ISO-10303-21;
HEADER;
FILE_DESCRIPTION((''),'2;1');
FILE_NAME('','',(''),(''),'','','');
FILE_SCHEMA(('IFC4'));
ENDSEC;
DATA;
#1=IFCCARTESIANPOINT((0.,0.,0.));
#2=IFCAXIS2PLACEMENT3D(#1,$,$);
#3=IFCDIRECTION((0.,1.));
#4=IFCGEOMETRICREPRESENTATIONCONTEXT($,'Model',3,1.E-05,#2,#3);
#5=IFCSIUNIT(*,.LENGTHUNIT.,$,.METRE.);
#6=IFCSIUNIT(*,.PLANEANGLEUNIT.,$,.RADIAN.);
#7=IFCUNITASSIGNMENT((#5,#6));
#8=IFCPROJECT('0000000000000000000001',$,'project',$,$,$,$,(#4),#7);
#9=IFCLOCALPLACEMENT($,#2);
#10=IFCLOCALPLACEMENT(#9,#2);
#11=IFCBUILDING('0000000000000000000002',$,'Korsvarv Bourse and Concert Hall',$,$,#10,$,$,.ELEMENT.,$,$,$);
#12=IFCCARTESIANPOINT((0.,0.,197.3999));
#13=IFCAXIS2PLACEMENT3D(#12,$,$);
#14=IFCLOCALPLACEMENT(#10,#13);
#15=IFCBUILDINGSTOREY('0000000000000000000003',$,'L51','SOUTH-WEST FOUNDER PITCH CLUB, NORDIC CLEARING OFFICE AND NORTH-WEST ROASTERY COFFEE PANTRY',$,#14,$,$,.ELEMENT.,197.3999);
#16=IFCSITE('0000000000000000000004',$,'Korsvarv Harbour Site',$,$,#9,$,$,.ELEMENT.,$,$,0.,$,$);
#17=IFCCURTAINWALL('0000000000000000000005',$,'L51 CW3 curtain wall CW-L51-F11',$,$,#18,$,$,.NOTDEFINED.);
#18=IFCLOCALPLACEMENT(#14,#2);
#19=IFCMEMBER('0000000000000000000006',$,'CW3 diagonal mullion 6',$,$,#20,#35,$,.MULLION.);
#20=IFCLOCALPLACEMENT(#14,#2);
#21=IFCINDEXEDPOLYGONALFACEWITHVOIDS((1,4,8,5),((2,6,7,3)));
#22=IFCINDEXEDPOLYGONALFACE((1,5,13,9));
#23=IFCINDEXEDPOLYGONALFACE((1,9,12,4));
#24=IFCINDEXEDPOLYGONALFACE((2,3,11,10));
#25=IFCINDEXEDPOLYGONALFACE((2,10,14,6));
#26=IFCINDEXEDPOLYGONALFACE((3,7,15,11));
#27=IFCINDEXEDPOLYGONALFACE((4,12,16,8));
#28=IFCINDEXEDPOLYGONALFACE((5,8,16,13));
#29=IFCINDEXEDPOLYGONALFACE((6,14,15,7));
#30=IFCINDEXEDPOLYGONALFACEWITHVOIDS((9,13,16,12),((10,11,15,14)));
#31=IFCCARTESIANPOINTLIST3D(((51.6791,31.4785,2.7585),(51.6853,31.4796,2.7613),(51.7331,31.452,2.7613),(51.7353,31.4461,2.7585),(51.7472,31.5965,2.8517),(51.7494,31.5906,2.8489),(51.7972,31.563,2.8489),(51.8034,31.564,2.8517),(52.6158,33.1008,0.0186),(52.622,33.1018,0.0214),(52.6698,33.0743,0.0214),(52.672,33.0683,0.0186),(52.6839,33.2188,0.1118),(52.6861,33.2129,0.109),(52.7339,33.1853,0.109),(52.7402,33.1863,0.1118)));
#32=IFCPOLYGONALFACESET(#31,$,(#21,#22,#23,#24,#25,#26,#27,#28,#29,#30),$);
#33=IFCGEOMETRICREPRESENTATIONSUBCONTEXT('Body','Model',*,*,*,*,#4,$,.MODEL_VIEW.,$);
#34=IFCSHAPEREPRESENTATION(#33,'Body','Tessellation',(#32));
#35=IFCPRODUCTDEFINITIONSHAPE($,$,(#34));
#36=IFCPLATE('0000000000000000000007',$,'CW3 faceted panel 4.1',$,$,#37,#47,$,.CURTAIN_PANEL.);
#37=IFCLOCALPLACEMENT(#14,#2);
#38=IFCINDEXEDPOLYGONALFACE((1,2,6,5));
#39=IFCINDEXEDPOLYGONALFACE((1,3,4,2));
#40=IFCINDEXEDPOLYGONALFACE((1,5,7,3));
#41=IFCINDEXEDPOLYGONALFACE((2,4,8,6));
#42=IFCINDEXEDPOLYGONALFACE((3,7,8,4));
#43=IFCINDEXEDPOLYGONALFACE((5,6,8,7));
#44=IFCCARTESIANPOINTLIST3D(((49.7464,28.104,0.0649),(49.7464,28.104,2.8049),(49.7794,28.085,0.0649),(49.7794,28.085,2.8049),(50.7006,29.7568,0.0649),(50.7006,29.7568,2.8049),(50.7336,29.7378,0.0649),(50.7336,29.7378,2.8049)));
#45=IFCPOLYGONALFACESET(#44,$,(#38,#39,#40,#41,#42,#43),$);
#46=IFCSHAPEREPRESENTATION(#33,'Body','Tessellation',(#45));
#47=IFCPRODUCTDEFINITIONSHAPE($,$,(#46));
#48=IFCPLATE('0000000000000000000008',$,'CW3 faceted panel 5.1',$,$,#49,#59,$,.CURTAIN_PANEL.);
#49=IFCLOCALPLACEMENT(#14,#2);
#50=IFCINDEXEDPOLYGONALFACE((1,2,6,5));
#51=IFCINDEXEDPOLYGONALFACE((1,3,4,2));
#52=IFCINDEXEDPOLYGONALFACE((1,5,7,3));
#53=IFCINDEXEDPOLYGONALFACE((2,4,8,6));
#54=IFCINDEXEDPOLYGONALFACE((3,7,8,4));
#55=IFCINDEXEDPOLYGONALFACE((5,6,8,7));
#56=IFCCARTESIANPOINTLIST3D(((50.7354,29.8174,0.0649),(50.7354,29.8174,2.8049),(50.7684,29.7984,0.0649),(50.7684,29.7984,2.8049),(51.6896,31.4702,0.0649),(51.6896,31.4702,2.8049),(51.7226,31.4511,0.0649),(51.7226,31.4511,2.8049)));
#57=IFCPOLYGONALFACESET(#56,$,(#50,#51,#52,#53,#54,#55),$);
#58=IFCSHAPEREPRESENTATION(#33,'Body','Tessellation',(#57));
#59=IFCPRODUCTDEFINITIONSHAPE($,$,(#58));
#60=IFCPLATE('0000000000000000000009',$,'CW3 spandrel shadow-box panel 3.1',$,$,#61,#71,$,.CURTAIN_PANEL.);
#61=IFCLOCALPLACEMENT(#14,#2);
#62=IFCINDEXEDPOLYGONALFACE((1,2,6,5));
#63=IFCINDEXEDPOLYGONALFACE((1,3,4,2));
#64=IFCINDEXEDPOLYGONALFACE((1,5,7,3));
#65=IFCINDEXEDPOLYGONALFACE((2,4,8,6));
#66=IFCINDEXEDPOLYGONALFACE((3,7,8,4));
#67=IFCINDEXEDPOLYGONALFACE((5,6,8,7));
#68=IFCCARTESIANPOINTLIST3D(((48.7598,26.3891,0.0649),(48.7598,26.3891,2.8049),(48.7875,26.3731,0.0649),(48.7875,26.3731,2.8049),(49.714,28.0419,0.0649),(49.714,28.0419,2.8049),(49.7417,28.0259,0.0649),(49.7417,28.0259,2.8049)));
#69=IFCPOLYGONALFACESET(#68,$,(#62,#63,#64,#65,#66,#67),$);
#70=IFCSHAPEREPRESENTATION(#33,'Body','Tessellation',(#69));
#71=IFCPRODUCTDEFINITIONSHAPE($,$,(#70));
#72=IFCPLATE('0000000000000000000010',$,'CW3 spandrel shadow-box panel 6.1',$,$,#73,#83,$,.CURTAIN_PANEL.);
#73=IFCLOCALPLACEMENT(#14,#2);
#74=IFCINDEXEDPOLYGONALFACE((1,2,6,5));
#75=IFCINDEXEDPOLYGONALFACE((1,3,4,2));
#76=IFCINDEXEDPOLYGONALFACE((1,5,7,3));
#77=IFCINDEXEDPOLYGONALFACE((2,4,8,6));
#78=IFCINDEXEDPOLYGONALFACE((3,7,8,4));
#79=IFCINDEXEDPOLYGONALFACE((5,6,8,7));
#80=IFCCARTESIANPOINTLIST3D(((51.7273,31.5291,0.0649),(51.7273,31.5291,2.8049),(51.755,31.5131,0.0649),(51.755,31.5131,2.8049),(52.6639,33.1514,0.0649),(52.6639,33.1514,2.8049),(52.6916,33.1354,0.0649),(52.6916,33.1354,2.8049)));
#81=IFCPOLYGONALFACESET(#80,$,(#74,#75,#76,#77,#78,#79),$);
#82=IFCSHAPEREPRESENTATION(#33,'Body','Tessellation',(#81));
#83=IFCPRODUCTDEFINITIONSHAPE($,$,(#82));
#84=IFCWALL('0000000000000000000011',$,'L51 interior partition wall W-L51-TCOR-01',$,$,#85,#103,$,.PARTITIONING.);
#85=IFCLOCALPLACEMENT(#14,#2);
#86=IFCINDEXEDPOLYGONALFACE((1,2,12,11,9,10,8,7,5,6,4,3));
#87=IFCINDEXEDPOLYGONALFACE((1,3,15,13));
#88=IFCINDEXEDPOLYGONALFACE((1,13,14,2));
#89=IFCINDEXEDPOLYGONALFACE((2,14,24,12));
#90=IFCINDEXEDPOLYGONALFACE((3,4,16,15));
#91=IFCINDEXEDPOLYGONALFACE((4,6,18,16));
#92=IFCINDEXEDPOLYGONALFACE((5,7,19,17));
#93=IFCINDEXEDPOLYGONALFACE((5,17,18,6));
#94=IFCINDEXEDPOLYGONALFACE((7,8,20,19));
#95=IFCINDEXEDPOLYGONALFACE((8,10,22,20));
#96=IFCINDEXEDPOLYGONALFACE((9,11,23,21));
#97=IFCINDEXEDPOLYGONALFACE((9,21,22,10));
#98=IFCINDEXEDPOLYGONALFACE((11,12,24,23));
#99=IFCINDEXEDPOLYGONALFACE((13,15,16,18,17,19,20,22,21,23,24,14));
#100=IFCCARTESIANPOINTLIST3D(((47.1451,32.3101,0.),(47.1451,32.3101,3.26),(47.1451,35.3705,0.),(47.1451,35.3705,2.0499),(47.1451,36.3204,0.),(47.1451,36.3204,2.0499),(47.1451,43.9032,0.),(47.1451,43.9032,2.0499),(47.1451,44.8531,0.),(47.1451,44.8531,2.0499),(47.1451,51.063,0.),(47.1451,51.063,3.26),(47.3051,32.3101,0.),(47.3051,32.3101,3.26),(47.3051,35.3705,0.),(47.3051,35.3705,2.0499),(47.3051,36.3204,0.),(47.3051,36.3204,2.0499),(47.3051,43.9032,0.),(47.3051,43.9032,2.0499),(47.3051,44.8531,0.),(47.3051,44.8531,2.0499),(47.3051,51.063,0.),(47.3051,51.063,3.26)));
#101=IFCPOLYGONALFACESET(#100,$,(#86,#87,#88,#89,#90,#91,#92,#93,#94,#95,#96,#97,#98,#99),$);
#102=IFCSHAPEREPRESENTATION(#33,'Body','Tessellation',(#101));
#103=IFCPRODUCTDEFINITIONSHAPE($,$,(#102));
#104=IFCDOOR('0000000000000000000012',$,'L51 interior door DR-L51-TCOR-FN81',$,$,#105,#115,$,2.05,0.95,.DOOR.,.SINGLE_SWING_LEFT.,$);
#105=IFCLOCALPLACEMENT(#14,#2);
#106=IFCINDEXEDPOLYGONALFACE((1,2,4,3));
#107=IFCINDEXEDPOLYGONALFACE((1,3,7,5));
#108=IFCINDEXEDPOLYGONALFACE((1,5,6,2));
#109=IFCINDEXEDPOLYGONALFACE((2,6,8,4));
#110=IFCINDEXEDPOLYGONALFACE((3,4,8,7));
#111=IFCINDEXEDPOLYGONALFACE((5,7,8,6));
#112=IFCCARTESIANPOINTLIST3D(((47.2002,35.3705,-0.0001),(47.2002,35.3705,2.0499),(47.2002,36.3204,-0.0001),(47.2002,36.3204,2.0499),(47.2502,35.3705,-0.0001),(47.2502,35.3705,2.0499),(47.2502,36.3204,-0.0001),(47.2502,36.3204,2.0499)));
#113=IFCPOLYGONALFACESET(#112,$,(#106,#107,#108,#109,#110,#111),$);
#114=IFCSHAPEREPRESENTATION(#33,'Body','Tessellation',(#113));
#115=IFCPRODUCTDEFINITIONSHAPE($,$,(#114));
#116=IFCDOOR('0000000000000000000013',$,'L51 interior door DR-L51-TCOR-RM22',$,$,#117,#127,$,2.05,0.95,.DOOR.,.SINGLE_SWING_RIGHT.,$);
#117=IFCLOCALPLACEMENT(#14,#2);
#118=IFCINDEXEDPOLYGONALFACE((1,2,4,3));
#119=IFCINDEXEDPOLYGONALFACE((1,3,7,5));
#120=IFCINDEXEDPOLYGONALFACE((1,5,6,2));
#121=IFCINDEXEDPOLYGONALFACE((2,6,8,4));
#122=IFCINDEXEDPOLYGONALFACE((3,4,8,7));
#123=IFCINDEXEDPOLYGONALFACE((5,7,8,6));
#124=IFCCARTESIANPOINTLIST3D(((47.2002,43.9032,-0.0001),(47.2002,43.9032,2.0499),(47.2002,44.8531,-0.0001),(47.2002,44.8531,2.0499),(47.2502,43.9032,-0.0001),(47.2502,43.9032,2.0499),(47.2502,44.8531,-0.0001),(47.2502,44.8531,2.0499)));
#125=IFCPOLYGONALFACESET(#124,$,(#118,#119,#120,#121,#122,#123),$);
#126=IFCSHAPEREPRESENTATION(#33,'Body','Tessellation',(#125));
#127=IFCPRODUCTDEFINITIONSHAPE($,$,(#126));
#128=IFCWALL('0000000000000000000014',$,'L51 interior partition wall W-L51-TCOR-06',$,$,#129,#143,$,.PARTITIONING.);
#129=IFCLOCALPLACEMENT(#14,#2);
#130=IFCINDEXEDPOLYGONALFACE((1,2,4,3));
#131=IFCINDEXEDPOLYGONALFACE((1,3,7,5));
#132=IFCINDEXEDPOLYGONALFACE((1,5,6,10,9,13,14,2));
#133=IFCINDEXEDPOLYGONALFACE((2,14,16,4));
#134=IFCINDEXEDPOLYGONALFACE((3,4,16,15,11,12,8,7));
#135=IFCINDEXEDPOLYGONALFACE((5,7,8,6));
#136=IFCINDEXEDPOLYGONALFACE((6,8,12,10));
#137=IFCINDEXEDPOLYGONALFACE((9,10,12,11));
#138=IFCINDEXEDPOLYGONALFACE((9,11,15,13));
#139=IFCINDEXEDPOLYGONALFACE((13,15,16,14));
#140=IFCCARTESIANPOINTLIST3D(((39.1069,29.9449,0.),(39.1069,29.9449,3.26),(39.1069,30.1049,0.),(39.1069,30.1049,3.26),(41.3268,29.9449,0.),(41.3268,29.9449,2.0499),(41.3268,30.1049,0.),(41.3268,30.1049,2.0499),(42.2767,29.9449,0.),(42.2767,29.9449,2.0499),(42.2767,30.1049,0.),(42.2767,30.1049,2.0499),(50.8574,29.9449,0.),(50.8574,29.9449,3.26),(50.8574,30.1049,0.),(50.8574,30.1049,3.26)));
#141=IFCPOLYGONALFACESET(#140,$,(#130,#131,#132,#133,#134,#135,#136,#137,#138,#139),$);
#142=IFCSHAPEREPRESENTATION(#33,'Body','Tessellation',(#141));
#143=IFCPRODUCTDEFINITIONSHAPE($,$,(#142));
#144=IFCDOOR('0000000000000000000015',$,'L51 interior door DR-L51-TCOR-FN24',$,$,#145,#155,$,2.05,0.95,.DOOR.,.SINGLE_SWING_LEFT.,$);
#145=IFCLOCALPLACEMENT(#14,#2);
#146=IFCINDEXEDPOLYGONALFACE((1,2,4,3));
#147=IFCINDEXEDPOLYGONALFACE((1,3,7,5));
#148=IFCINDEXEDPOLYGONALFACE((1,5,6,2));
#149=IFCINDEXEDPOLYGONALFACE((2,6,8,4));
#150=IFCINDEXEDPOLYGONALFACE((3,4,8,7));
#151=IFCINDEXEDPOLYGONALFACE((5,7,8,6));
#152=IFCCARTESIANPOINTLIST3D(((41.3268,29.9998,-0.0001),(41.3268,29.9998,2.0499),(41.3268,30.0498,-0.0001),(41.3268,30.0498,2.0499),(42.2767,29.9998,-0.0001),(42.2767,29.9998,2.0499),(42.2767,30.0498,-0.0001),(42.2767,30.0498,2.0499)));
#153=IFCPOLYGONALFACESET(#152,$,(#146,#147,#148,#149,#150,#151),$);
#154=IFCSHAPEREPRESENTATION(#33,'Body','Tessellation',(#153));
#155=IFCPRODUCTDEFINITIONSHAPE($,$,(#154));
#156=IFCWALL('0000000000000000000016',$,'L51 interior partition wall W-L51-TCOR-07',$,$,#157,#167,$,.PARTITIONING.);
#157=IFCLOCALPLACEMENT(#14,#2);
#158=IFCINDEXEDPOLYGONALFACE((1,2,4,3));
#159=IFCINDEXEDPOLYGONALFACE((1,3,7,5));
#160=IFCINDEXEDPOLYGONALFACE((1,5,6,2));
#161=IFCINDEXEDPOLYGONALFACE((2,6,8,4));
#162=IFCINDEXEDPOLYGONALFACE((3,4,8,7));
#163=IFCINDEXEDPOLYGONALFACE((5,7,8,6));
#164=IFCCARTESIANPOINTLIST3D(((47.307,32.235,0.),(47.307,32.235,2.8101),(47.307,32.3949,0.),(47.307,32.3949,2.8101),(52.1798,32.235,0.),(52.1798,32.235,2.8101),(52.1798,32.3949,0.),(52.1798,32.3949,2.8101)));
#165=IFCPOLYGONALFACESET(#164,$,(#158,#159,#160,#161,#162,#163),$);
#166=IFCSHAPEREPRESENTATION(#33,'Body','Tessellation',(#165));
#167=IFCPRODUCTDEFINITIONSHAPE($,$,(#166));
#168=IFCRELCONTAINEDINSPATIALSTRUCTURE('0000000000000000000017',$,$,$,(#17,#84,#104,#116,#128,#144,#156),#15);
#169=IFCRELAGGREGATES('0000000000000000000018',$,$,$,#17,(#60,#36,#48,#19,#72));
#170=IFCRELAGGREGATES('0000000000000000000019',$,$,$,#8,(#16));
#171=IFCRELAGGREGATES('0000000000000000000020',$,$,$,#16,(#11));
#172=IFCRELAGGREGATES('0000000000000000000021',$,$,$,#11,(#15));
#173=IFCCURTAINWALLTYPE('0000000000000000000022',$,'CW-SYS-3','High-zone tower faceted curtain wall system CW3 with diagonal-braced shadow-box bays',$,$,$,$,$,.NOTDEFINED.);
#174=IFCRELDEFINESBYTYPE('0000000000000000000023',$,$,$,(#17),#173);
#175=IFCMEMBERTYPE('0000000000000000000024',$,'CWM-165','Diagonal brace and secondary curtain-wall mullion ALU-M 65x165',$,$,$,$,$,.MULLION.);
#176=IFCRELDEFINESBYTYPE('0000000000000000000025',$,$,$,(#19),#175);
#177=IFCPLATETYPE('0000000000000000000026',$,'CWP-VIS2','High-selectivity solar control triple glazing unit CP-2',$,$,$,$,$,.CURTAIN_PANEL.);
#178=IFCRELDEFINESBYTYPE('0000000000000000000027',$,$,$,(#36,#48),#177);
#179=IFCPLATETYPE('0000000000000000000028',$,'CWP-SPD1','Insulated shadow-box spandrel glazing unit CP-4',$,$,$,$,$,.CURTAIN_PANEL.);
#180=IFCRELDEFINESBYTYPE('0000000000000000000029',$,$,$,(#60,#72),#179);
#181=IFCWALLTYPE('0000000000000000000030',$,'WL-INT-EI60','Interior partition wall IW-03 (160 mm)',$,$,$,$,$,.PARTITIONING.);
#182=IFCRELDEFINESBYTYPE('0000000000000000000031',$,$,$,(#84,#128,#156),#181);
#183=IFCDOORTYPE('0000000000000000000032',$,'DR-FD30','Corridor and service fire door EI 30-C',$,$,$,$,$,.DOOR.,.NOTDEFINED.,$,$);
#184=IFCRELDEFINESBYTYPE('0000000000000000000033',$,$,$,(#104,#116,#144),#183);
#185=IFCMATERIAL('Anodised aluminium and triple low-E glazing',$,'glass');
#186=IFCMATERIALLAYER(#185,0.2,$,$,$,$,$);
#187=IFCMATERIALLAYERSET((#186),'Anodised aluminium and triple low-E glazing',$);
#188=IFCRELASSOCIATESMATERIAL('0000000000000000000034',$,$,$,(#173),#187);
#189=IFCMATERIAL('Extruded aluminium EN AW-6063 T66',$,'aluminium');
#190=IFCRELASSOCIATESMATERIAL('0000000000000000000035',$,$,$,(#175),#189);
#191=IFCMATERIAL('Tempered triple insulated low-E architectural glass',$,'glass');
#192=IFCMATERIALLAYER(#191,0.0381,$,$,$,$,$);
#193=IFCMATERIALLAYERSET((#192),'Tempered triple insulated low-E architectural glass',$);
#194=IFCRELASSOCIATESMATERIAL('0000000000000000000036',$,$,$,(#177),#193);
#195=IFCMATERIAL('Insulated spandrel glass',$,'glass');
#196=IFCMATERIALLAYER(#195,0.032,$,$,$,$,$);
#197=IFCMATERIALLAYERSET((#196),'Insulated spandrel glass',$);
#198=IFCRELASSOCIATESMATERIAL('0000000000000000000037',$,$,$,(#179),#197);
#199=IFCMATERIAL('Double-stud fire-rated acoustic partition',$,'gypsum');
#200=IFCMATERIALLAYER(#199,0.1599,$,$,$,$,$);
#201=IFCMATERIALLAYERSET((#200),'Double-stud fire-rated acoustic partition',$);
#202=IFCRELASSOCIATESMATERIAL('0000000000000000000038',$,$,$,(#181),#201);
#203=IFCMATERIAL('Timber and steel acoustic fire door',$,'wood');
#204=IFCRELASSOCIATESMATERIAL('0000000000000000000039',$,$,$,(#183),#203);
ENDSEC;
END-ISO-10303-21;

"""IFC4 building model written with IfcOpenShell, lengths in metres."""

from ifc_helpers import new_model, si_unit, direction, frame, frame_2d, origin, origin_2d, place, context, subcontext, project, spatial, rectangle, hollow_rectangle, extrude, source, transform, mapped, material, layer, layer_set, material_profile, profile_set, type_object, element, fill, aggregate, save


model = new_model("IFC4")

# Units and contexts
model_context = context("Model", 3, precision=1e-05, world=origin(), true_north=direction((0.0, 1.0)))
body_context = subcontext(model_context, "Body", "Model", "MODEL_VIEW")
ifc_project = project(units=[si_unit("LENGTHUNIT", "METRE"), si_unit("PLANEANGLEUNIT", "RADIAN")], contexts=[model_context])

# Site, building, storey
site_placement = place(None, origin())
site = spatial("IfcSite", under=ifc_project, at=site_placement, Name="Korsvarv Harbour Site", CompositionType="ELEMENT", RefElevation=0.0)
building_placement = place(site_placement, origin())
building = spatial("IfcBuilding", under=site, at=building_placement, Name="Korsvarv Bourse and Concert Hall", CompositionType="ELEMENT")
storey_placement = place(building_placement, frame((0.0, 0.0, 197.3999)))
storey = spatial("IfcBuildingStorey", under=building, at=storey_placement, Name="L51", Description="SOUTH-WEST FOUNDER PITCH CLUB, NORDIC CLEARING OFFICE AND NORTH-WEST ROASTERY COFFEE PANTRY", CompositionType="ELEMENT", Elevation=197.3999)

# Curtain wall, member, plates
ifc_material_1 = material(Name="Anodised aluminium and triple low-E glazing", Category="glass")
ifc_layer_1 = layer(ifc_material_1, 0.2)
ifc_layer_set_1 = layer_set([ifc_layer_1], Name="Anodised aluminium and triple low-E glazing")
curtain_wall_type = type_object("IfcCurtainWallType", Name="CW-SYS-3", Description="High-zone tower faceted curtain wall system CW3 with diagonal-braced shadow-box bays", PredefinedType="NOTDEFINED", material=ifc_layer_set_1)
curtain_wall_placement = place(storey_placement, origin())
curtain_wall = element("IfcCurtainWall", 1, at=curtain_wall_placement, inside=storey, type_object=curtain_wall_type, Name="L51 CW3 curtain wall CW-L51-F11", PredefinedType="NOTDEFINED")
ifc_material_2 = material(Name="Extruded aluminium EN AW-6063 T66", Category="aluminium")
ifc_material_profile_1 = material_profile(ifc_material_2, hollow_rectangle(XDim=0.0649, YDim=0.165, WallThickness=0.0049, at=origin_2d()), Name="ALU-M 65x165")
ifc_profile_set_1 = profile_set([ifc_material_profile_1], Name="Extruded aluminium EN AW-6063 T66")
member_type_1 = type_object("IfcMemberType", Name="CWM-165", Description="Diagonal brace and secondary curtain-wall mullion ALU-M 65x165", PredefinedType="MULLION", material=ifc_profile_set_1)
shared_shape_1 = source(origin(), body_context, "Body", "SweptSolid", [
    extrude(hollow_rectangle(XDim=0.0649, YDim=0.165, WallThickness=0.0049, at=origin_2d()), origin(), (0.0, 0.0, 1.0), 3.3191),
])
member_1_placement = place(storey_placement, frame((52.678, 33.1436, 0.0652), z_axis=(-0.282228, -0.488769, 0.825501), x_axis=(0.865997, -0.50005, 0.0)))
member_1 = element("IfcMember", 2, at=member_1_placement, type_object=member_type_1, Name="CW3 diagonal mullion 6", PredefinedType="MULLION", context=body_context, shape_type="MappedRepresentation", body=[
    mapped(shared_shape_1, transform((0.0, 0.0, 0.0), scale=1.0)),
])
ifc_material_3 = material(Name="Tempered triple insulated low-E architectural glass", Category="glass")
ifc_layer_2 = layer(ifc_material_3, 0.0381)
ifc_layer_set_2 = layer_set([ifc_layer_2], Name="Tempered triple insulated low-E architectural glass")
plate_type_1 = type_object("IfcPlateType", Name="CWP-VIS2", Description="High-selectivity solar control triple glazing unit CP-2", PredefinedType="CURTAIN_PANEL", material=ifc_layer_set_2)
shared_shape_2 = source(origin(), body_context, "Body", "SweptSolid", [
    extrude(rectangle(XDim=1.9084, YDim=0.0381, at=origin_2d()), origin(), (0.0, 0.0, 1.0), 2.74),
])
plate_1_placement = place(storey_placement, frame((50.24, 28.9209, 0.0649), z_axis=(0.0, 0.0, 1.0), x_axis=(0.499993, 0.86603, 0.0)))
plate_1 = element("IfcPlate", 3, at=plate_1_placement, type_object=plate_type_1, Name="CW3 faceted panel 4.1", PredefinedType="CURTAIN_PANEL", context=body_context, shape_type="MappedRepresentation", body=[
    mapped(shared_shape_2, transform((0.0, 0.0, 0.0), scale=1.0)),
])
plate_2_placement = place(storey_placement, frame((51.229, 30.6343, 0.0649), z_axis=(0.0, 0.0, 1.0), x_axis=(0.499993, 0.86603, 0.0)))
plate_2 = element("IfcPlate", 4, at=plate_2_placement, type_object=plate_type_1, Name="CW3 faceted panel 5.1", PredefinedType="CURTAIN_PANEL", context=body_context, shape_type="MappedRepresentation", body=[
    mapped(shared_shape_2, transform((0.0, 0.0, 0.0), scale=1.0)),
])
ifc_material_4 = material(Name="Insulated spandrel glass", Category="glass")
ifc_layer_3 = layer(ifc_material_4, 0.032)
ifc_layer_set_3 = layer_set([ifc_layer_3], Name="Insulated spandrel glass")
plate_type_2 = type_object("IfcPlateType", Name="CWP-SPD1", Description="Insulated shadow-box spandrel glazing unit CP-4", PredefinedType="CURTAIN_PANEL", material=ifc_layer_set_3)
shared_shape_3 = source(origin(), body_context, "Body", "SweptSolid", [
    extrude(rectangle(XDim=1.9084, YDim=0.032, at=origin_2d()), origin(), (0.0, 0.0, 1.0), 2.74),
])
plate_3_placement = place(storey_placement, frame((49.2507, 27.2075, 0.0649), z_axis=(0.0, 0.0, 1.0), x_axis=(0.499993, 0.86603, 0.0)))
plate_3 = element("IfcPlate", 5, at=plate_3_placement, type_object=plate_type_2, Name="CW3 spandrel shadow-box panel 3.1", PredefinedType="CURTAIN_PANEL", context=body_context, shape_type="MappedRepresentation", body=[
    mapped(shared_shape_3, transform((0.0, 0.0, 0.0), scale=1.0)),
])
shared_shape_4 = source(origin(), body_context, "Body", "SweptSolid", [
    extrude(rectangle(XDim=1.8733, YDim=0.032, at=origin_2d()), origin(), (0.0, 0.0, 1.0), 2.74),
])
plate_4_placement = place(storey_placement, frame((52.2095, 32.3323, 0.0649), z_axis=(0.0, 0.0, 1.0), x_axis=(0.499993, 0.86603, 0.0)))
plate_4 = element("IfcPlate", 6, at=plate_4_placement, type_object=plate_type_2, Name="CW3 spandrel shadow-box panel 6.1", PredefinedType="CURTAIN_PANEL", context=body_context, shape_type="MappedRepresentation", body=[
    mapped(shared_shape_4, transform((0.0, 0.0, 0.0), scale=1.0)),
])
aggregate(curtain_wall, [plate_3, plate_1, plate_2, member_1, plate_4])

# Wall, openings, doors
ifc_material_5 = material(Name="Double-stud fire-rated acoustic partition", Category="gypsum")
ifc_layer_4 = layer(ifc_material_5, 0.1599)
ifc_layer_set_4 = layer_set([ifc_layer_4], Name="Double-stud fire-rated acoustic partition")
wall_type_1 = type_object("IfcWallType", Name="WL-INT-EI60", Description="Interior partition wall IW-03 (160 mm)", PredefinedType="PARTITIONING", material=ifc_layer_set_4)
wall_1_placement = place(storey_placement, frame((47.2251, 32.3101, 0.0), z_axis=(0.0, 0.0, 1.0), x_axis=(0.0, 1.0, 0.0)))
wall_1 = element("IfcWall", 7, at=wall_1_placement, inside=storey, type_object=wall_type_1, Name="L51 interior partition wall W-L51-TCOR-01", PredefinedType="PARTITIONING", context=body_context, shape_type="SweptSolid", body=[
    extrude(rectangle(XDim=18.7529, YDim=0.1599, at=frame_2d((9.3765, 0.0))), origin(), (0.0, 0.0, 1.0), 3.26),
])
opening_1_placement = place(wall_1_placement, frame((3.0603, 0.0, 0.0)))
opening_1 = element("IfcOpeningElement", 8, at=opening_1_placement, cuts=wall_1, PredefinedType="OPENING", context=body_context, shape_type="SweptSolid", body=[
    extrude(rectangle(XDim=0.95, YDim=2.05, at=frame_2d((0.4751, 1.0249))), frame((0.0, 0.0898, 0.0), z_axis=(0.0, -1.0, 0.0), x_axis=(1.0, 0.0, 0.0)), (0.0, 0.0, 1.0), 0.1799),
])
opening_2_placement = place(wall_1_placement, frame((11.593, 0.0, 0.0)))
opening_2 = element("IfcOpeningElement", 9, at=opening_2_placement, cuts=wall_1, PredefinedType="OPENING", context=body_context, shape_type="SweptSolid", body=[
    extrude(rectangle(XDim=0.95, YDim=2.05, at=frame_2d((0.4751, 1.0249))), frame((0.0, 0.0898, 0.0), z_axis=(0.0, -1.0, 0.0), x_axis=(1.0, 0.0, 0.0)), (0.0, 0.0, 1.0), 0.1799),
])
ifc_material_6 = material(Name="Timber and steel acoustic fire door", Category="wood")
door_type = type_object("IfcDoorType", Name="DR-FD30", Description="Corridor and service fire door EI 30-C", OperationType="NOTDEFINED", PredefinedType="DOOR", material=ifc_material_6)
door_1_placement = place(opening_1_placement, origin())
door_1 = element("IfcDoor", 10, at=door_1_placement, inside=storey, type_object=door_type, Name="L51 interior door DR-L51-TCOR-FN81", OperationType="SINGLE_SWING_LEFT", OverallHeight=2.05, OverallWidth=0.95, PredefinedType="DOOR", context=body_context, shape_type="SweptSolid", body=[
    extrude(rectangle(XDim=0.95, YDim=2.05, at=frame_2d((0.4751, 1.0249))), frame((0.0, 0.0249, 0.0), z_axis=(0.0, -1.0, 0.0), x_axis=(1.0, 0.0, 0.0)), (0.0, 0.0, 1.0), 0.05),
])
fill(opening_1, door_1)
door_2_placement = place(opening_2_placement, origin())
door_2 = element("IfcDoor", 11, at=door_2_placement, inside=storey, type_object=door_type, Name="L51 interior door DR-L51-TCOR-RM22", OperationType="SINGLE_SWING_RIGHT", OverallHeight=2.05, OverallWidth=0.95, PredefinedType="DOOR", context=body_context, shape_type="SweptSolid", body=[
    extrude(rectangle(XDim=0.95, YDim=2.05, at=frame_2d((0.4751, 1.0249))), frame((0.0, 0.0249, 0.0), z_axis=(0.0, -1.0, 0.0), x_axis=(1.0, 0.0, 0.0)), (0.0, 0.0, 1.0), 0.05),
])
fill(opening_2, door_2)

# Wall, opening, door
wall_2_placement = place(storey_placement, frame((39.1069, 30.0249, 0.0), z_axis=(0.0, 0.0, 1.0), x_axis=(1.0, 0.0, 0.0)))
wall_2 = element("IfcWall", 12, at=wall_2_placement, inside=storey, type_object=wall_type_1, Name="L51 interior partition wall W-L51-TCOR-06", PredefinedType="PARTITIONING", context=body_context, shape_type="SweptSolid", body=[
    extrude(rectangle(XDim=11.7505, YDim=0.1599, at=frame_2d((5.8752, 0.0))), origin(), (0.0, 0.0, 1.0), 3.26),
])
opening_3_placement = place(wall_2_placement, frame((2.2197, 0.0, 0.0)))
opening_3 = element("IfcOpeningElement", 13, at=opening_3_placement, cuts=wall_2, PredefinedType="OPENING", context=body_context, shape_type="SweptSolid", body=[
    extrude(rectangle(XDim=0.95, YDim=2.05, at=frame_2d((0.4751, 1.0249))), frame((0.0, 0.0898, 0.0), z_axis=(0.0, -1.0, 0.0), x_axis=(1.0, 0.0, 0.0)), (0.0, 0.0, 1.0), 0.1799),
])
door_3_placement = place(opening_3_placement, origin())
door_3 = element("IfcDoor", 14, at=door_3_placement, inside=storey, type_object=door_type, Name="L51 interior door DR-L51-TCOR-FN24", OperationType="SINGLE_SWING_LEFT", OverallHeight=2.05, OverallWidth=0.95, PredefinedType="DOOR", context=body_context, shape_type="SweptSolid", body=[
    extrude(rectangle(XDim=0.95, YDim=2.05, at=frame_2d((0.4751, 1.0249))), frame((0.0, 0.0249, 0.0), z_axis=(0.0, -1.0, 0.0), x_axis=(1.0, 0.0, 0.0)), (0.0, 0.0, 1.0), 0.05),
])
fill(opening_3, door_3)

# Wall
wall_3_placement = place(storey_placement, frame((47.3069, 32.3149, 0.0), z_axis=(0.0, 0.0, 1.0), x_axis=(1.0, 0.0, 0.0)))
element("IfcWall", 15, at=wall_3_placement, inside=storey, type_object=wall_type_1, Name="L51 interior partition wall W-L51-TCOR-07", PredefinedType="PARTITIONING", context=body_context, shape_type="SweptSolid", body=[
    extrude(rectangle(XDim=4.8728, YDim=0.1599, at=frame_2d((2.4365, 0.0))), origin(), (0.0, 0.0, 1.0), 2.8101),
])

save(model, "model.ifc")
